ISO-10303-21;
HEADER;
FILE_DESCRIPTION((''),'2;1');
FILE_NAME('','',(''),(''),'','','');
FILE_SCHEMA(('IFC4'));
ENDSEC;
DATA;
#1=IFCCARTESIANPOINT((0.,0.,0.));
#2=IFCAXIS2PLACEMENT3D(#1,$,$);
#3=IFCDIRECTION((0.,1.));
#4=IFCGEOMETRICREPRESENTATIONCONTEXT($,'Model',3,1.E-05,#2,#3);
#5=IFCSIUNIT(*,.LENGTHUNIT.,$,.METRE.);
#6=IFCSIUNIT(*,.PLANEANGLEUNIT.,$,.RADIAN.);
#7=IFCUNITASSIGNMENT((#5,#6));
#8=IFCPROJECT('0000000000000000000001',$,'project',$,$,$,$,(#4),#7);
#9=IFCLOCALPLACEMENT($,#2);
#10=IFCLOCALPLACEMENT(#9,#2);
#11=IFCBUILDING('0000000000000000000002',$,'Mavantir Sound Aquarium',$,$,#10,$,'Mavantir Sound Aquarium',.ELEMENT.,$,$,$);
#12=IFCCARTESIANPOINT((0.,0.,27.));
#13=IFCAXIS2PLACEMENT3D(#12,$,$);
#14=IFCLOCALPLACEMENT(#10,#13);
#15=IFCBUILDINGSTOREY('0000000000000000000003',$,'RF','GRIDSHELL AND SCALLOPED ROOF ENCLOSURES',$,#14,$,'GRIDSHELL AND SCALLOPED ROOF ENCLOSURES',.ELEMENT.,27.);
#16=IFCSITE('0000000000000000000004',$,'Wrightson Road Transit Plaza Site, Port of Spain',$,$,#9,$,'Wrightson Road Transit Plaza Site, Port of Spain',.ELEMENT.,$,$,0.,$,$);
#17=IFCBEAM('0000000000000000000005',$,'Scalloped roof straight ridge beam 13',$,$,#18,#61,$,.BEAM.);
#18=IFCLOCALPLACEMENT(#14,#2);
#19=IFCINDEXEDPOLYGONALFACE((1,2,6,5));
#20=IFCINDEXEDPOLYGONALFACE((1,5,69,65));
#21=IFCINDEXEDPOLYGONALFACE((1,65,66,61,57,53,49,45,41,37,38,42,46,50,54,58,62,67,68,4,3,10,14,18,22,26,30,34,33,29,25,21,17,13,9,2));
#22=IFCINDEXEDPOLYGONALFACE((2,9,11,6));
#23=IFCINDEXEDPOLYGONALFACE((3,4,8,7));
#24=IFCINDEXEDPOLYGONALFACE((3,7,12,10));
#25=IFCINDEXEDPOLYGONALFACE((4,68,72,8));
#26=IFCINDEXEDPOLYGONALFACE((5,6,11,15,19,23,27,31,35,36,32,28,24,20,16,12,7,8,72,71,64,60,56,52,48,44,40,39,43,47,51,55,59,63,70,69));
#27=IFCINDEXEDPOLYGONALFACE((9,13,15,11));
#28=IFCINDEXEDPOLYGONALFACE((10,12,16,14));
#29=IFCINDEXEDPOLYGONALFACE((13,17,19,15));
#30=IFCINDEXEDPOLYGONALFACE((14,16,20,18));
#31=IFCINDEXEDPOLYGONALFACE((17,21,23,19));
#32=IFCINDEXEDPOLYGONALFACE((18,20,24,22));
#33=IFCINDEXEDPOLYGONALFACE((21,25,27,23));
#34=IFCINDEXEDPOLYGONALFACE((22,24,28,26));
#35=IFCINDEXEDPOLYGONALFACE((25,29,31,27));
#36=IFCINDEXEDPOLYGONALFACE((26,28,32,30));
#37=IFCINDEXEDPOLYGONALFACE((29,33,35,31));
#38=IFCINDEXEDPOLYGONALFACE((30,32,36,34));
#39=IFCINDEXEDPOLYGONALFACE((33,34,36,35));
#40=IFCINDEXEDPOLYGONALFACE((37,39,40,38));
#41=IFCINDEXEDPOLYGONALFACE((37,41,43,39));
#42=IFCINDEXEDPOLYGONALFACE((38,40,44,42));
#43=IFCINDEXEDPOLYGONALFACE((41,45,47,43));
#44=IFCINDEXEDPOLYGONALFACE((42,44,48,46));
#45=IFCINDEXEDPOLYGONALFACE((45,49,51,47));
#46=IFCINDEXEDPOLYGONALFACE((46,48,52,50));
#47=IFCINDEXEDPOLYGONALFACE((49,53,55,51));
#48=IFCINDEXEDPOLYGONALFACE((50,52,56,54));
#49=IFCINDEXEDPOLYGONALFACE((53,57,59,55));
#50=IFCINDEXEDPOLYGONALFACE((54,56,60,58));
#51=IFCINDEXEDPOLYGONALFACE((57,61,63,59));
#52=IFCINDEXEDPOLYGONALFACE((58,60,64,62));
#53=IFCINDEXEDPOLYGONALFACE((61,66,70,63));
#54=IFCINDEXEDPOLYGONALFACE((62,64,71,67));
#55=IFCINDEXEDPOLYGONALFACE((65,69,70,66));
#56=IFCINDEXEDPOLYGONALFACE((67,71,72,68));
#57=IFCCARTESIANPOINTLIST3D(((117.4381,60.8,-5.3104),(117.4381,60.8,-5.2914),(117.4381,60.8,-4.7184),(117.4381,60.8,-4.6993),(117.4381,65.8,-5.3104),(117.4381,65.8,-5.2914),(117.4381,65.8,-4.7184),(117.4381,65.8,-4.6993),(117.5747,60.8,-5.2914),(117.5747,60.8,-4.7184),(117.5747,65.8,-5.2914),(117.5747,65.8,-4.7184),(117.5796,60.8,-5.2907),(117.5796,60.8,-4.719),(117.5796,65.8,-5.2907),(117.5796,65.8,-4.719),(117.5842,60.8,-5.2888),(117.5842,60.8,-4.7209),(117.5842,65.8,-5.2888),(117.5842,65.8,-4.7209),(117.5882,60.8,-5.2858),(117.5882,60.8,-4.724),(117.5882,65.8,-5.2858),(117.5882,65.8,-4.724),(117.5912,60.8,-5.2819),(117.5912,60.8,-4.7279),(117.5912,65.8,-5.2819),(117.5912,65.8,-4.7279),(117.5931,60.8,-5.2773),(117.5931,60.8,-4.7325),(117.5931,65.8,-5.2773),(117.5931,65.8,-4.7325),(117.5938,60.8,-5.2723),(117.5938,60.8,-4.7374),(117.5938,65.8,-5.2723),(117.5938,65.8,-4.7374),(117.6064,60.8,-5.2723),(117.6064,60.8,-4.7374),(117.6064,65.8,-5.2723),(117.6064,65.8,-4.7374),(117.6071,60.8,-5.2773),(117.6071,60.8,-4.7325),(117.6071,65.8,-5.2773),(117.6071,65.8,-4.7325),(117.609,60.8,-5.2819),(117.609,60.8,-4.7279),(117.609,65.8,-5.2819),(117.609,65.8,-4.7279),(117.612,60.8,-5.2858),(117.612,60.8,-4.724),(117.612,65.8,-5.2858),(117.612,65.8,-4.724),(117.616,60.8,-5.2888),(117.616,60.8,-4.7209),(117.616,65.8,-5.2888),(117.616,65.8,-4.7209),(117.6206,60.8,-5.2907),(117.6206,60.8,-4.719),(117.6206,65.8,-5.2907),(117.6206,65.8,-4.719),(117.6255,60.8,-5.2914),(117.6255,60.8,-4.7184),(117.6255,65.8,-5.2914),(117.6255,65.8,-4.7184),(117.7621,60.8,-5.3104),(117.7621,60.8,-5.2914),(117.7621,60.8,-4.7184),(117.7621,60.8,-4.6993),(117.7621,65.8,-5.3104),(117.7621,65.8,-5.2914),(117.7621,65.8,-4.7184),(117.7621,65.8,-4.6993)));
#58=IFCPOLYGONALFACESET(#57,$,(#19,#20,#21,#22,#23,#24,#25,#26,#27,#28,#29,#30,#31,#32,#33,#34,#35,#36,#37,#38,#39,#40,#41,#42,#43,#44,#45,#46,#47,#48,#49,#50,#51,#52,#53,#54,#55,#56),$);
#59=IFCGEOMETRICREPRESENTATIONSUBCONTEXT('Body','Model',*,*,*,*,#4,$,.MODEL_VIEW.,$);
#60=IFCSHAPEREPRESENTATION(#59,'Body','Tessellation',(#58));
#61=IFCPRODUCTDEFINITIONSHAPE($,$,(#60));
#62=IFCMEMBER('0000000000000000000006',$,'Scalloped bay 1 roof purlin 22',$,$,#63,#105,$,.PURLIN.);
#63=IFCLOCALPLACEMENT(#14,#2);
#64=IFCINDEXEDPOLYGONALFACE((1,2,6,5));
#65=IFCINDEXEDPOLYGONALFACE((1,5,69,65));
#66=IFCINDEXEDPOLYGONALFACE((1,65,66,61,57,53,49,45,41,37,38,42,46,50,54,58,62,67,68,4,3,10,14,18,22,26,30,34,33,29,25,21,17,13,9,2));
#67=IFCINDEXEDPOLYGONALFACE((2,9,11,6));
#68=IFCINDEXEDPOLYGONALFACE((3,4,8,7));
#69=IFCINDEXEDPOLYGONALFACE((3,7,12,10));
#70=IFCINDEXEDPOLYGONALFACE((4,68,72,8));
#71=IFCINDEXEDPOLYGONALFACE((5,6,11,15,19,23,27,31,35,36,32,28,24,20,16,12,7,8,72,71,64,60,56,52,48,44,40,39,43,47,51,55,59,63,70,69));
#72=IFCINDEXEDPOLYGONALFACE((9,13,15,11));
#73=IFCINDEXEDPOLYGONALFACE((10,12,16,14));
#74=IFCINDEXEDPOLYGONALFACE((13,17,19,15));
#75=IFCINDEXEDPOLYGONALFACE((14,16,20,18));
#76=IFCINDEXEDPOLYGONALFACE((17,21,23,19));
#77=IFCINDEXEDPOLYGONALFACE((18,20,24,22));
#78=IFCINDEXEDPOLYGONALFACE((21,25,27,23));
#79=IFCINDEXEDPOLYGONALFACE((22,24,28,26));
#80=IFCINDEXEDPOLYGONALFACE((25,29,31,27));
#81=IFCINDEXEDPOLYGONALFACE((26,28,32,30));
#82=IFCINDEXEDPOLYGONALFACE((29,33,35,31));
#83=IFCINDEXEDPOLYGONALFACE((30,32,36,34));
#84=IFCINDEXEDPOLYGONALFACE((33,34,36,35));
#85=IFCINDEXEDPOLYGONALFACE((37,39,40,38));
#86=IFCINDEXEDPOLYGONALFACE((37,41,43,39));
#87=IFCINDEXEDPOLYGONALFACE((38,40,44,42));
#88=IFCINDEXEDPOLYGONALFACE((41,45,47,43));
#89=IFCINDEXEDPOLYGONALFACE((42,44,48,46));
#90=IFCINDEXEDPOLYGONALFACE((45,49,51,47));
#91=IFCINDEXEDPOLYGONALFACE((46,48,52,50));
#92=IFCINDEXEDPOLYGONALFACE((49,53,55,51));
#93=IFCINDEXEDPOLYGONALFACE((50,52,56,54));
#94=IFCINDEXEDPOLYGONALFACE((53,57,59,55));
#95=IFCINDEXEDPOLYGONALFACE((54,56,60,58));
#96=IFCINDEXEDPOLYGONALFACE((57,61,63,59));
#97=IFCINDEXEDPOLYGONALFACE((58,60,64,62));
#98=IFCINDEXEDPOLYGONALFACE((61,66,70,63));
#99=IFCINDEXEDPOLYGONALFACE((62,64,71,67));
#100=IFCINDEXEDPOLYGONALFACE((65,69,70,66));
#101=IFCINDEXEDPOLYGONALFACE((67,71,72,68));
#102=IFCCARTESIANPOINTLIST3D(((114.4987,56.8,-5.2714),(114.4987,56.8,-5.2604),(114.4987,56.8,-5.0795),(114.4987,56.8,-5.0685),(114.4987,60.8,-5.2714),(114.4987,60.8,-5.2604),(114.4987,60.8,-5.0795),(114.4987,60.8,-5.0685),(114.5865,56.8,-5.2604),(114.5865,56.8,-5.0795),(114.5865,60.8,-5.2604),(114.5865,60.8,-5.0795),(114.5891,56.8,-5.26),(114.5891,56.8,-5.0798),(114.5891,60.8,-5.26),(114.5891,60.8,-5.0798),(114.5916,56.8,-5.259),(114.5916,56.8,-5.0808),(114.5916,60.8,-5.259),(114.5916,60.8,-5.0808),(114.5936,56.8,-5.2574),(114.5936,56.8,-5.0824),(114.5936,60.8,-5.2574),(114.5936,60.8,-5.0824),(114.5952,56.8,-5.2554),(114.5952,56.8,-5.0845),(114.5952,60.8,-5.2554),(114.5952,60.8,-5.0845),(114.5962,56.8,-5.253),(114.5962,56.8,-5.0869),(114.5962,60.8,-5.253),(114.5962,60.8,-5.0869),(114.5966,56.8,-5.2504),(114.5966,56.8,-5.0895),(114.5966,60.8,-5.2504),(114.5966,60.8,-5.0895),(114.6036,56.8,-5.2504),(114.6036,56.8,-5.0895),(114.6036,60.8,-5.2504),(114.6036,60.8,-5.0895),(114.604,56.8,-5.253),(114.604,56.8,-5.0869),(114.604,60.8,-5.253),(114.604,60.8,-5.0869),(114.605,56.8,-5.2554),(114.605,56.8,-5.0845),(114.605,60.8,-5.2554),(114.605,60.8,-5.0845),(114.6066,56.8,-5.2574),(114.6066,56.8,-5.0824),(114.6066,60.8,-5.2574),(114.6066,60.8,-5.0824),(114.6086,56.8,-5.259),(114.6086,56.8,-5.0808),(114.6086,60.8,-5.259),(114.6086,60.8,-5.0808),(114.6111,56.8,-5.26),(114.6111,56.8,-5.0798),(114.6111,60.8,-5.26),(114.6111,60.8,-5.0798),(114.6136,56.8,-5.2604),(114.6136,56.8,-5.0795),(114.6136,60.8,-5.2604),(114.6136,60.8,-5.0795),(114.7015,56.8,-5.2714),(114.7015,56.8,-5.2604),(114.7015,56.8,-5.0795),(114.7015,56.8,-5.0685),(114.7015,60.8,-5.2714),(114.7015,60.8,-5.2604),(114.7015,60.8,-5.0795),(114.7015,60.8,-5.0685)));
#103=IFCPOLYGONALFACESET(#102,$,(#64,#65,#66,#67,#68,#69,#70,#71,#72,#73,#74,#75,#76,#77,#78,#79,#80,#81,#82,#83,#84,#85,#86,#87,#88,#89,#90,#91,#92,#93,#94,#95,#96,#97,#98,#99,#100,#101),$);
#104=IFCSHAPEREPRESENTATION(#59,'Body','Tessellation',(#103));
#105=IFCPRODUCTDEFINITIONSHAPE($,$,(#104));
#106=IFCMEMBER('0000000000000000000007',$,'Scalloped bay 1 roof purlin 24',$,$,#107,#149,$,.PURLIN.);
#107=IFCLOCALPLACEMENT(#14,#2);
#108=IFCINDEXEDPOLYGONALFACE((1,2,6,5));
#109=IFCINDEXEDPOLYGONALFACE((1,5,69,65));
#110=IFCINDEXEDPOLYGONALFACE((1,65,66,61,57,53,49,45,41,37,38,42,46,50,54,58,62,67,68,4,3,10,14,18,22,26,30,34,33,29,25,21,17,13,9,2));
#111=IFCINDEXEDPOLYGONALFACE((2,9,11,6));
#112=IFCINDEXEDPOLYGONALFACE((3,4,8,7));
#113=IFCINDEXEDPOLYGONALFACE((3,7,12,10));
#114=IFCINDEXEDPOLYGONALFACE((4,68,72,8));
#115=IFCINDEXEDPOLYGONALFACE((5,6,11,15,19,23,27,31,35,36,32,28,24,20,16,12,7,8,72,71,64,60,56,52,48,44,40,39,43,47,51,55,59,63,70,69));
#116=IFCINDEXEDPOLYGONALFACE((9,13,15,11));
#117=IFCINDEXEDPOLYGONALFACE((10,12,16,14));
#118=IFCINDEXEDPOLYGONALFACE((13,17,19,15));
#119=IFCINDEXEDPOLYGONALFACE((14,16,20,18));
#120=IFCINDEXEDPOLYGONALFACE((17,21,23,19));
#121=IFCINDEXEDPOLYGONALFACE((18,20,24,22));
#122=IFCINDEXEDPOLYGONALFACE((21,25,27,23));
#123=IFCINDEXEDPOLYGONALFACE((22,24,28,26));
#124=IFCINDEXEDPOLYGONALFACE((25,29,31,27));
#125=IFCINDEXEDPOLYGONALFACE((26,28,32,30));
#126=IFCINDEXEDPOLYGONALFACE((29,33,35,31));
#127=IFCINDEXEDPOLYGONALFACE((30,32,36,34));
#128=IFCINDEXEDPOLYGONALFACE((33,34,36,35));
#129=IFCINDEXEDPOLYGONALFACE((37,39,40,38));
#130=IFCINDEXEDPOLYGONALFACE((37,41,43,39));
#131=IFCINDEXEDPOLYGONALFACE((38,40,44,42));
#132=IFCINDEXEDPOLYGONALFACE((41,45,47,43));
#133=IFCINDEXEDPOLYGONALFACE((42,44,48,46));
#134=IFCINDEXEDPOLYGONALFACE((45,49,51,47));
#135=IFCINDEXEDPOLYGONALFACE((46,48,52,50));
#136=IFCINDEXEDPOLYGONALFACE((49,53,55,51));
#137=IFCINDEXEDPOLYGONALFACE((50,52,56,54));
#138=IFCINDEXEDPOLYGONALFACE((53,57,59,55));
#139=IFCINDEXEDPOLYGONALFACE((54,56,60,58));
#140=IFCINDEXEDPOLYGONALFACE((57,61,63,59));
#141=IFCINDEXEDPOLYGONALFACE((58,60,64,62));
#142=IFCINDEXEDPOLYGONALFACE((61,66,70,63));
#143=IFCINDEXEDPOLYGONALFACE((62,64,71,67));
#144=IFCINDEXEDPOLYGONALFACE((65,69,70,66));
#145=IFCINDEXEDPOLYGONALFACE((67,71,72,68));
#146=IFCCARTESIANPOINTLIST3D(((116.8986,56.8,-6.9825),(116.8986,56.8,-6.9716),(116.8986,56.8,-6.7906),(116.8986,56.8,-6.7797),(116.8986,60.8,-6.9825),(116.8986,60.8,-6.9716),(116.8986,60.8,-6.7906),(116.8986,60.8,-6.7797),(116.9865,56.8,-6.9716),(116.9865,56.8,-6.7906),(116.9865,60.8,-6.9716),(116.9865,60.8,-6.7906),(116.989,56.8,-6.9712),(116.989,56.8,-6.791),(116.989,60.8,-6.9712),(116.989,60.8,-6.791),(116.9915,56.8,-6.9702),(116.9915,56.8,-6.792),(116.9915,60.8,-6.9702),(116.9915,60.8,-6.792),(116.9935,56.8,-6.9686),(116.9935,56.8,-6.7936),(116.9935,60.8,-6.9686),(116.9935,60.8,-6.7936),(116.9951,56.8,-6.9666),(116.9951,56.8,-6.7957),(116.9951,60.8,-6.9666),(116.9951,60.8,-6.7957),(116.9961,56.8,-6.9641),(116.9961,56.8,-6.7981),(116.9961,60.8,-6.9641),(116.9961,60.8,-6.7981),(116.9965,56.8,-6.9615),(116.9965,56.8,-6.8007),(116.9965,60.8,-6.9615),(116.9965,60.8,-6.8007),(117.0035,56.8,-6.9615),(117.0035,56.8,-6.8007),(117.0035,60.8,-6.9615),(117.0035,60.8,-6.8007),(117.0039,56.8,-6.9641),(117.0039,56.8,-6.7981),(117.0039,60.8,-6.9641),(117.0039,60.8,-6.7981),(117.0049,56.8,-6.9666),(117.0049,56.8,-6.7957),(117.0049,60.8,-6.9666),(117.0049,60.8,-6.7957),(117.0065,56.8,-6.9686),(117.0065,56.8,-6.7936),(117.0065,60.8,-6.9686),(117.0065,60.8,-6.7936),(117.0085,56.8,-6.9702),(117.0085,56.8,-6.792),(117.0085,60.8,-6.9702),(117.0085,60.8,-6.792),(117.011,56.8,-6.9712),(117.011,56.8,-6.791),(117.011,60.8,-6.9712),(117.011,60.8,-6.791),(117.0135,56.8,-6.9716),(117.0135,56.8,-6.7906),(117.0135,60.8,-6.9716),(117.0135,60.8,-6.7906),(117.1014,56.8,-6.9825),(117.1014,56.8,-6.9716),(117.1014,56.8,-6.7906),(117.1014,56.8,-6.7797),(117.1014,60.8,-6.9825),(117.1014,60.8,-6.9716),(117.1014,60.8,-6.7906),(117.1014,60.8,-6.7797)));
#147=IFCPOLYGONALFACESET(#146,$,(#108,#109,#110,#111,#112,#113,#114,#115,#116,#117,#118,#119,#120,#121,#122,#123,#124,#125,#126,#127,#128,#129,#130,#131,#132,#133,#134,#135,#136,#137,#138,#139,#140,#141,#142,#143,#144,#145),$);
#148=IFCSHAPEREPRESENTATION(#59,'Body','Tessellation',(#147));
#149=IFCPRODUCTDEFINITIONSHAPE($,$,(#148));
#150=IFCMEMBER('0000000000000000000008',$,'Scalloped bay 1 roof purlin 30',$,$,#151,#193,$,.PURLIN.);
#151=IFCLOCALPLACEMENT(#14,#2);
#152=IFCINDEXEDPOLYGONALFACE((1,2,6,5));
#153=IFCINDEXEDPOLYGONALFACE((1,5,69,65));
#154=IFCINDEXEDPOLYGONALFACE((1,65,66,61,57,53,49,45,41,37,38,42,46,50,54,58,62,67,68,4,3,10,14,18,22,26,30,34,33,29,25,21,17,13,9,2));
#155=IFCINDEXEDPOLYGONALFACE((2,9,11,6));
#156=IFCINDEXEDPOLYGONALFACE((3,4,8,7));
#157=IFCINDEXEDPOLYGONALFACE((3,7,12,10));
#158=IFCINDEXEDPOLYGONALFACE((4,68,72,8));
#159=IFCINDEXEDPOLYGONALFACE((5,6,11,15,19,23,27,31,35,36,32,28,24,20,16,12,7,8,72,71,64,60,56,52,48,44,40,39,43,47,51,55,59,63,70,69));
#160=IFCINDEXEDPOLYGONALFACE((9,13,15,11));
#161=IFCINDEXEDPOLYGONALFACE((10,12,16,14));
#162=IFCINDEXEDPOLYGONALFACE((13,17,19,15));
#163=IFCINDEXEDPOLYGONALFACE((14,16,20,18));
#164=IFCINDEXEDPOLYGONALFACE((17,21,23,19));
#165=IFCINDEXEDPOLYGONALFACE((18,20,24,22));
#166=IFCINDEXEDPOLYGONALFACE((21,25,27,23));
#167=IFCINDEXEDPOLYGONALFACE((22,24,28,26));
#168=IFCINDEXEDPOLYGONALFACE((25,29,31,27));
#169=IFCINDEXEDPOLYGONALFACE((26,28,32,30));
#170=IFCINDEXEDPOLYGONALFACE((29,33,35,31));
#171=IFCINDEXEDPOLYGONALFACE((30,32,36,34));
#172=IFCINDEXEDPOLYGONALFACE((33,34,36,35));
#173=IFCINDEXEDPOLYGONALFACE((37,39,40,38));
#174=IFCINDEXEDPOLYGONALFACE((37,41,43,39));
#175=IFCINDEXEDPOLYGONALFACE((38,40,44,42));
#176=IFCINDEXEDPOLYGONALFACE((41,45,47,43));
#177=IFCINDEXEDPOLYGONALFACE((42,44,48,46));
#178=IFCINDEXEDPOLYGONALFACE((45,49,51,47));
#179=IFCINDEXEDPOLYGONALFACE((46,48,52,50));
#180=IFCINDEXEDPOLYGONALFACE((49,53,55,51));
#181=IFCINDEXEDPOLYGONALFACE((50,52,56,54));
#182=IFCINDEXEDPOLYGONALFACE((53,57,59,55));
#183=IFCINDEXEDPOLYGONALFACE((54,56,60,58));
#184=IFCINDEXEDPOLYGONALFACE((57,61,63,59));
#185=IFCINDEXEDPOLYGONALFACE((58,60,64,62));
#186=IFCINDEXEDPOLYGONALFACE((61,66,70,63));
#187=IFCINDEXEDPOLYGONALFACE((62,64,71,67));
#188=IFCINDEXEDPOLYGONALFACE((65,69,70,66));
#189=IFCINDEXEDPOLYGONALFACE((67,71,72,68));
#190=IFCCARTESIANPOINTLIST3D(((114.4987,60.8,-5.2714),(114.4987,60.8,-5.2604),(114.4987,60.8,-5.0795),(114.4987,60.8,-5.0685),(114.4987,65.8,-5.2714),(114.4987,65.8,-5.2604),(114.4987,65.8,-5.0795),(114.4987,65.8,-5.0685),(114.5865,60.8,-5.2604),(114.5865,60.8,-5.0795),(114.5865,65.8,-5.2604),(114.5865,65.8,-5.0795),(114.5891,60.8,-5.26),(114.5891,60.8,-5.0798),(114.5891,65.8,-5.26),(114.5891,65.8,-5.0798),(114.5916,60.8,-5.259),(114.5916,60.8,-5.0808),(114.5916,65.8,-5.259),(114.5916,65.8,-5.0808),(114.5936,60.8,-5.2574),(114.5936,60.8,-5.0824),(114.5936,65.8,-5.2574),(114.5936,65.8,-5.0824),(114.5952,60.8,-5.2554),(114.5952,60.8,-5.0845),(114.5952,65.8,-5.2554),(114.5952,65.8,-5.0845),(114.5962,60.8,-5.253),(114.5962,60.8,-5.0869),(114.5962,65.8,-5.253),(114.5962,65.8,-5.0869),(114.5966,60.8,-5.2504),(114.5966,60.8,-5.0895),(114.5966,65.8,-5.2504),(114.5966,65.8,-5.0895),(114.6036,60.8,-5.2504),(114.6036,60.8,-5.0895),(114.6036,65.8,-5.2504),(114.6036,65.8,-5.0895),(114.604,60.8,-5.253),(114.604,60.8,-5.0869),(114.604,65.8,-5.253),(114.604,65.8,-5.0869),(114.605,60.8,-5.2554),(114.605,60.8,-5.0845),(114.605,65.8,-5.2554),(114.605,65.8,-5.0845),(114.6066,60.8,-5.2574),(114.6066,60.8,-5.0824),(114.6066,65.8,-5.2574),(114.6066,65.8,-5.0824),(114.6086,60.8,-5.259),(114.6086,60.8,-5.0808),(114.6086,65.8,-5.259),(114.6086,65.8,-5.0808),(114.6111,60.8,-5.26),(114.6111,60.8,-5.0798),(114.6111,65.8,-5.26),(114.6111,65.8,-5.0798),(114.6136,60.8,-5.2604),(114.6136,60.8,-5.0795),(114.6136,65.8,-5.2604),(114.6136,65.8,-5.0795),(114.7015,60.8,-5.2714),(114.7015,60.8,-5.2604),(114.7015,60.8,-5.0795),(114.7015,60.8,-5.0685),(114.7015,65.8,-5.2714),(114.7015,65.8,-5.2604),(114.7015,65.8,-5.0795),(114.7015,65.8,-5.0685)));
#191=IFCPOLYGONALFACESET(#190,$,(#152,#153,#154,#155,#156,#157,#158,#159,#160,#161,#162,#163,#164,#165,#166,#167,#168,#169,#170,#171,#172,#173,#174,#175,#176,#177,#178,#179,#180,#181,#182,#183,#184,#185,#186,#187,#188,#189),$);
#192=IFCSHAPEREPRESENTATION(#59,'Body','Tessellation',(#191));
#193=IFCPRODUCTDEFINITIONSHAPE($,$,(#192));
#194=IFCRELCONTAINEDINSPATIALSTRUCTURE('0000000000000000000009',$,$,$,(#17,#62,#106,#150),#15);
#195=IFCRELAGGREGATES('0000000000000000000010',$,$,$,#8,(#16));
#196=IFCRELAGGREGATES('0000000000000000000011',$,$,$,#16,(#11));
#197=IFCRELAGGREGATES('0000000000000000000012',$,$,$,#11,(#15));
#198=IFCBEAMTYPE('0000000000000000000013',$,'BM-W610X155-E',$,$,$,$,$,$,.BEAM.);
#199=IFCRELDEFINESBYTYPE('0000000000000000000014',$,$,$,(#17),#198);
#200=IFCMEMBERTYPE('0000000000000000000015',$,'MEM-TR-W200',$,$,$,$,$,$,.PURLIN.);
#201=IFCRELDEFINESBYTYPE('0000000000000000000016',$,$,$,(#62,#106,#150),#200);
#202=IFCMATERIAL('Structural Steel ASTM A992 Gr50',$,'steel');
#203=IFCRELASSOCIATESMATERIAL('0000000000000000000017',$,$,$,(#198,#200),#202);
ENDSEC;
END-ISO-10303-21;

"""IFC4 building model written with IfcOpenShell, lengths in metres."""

from ifc_helpers import new_model, si_unit, direction, frame, origin, origin_2d, place, context, subcontext, project, spatial, i_section, extrude, material, material_profile, profile_set, type_object, element, save


model = new_model("IFC4")

# Units and contexts
model_context = context("Model", 3, precision=1e-05, world=origin(), true_north=direction((0.0, 1.0)))
body_context = subcontext(model_context, "Body", "Model", "MODEL_VIEW")
ifc_project = project(units=[si_unit("LENGTHUNIT", "METRE"), si_unit("PLANEANGLEUNIT", "RADIAN")], contexts=[model_context])

# Site, building, storey
site_placement = place(None, origin())
site = spatial("IfcSite", under=ifc_project, at=site_placement, Name="Wrightson Road Transit Plaza Site, Port of Spain", LongName="Wrightson Road Transit Plaza Site, Port of Spain", CompositionType="ELEMENT", RefElevation=0.0)
building_placement = place(site_placement, origin())
building = spatial("IfcBuilding", under=site, at=building_placement, Name="Mavantir Sound Aquarium", LongName="Mavantir Sound Aquarium", CompositionType="ELEMENT")
storey_placement = place(building_placement, frame((0.0, 0.0, 27.0)))
storey = spatial("IfcBuildingStorey", under=building, at=storey_placement, Name="RF", Description="GRIDSHELL AND SCALLOPED ROOF ENCLOSURES", LongName="GRIDSHELL AND SCALLOPED ROOF ENCLOSURES", CompositionType="ELEMENT", Elevation=27.0)

# Beam
ifc_material_1 = material(Name="Structural Steel ASTM A992 Gr50", Category="steel")
ifc_material_profile_1 = material_profile(ifc_material_1, i_section(OverallWidth=0.324, OverallDepth=0.6111, WebThickness=0.0127, FlangeThickness=0.019, FilletRadius=0.019, at=origin_2d()), Name="W610X155")
ifc_profile_set_1 = profile_set([ifc_material_profile_1], Name="Structural Steel ASTM A992 Gr50")
beam_type_1 = type_object("IfcBeamType", Name="BM-W610X155-E", PredefinedType="BEAM", material=ifc_profile_set_1)
beam_1_placement = place(storey_placement, frame((117.6001, 60.8, -5.0049), z_axis=(0.0, 1.0, 0.0), x_axis=(-1.0, 0.0, 0.0)))
element("IfcBeam", 1, at=beam_1_placement, inside=storey, type_object=beam_type_1, Name="Scalloped roof straight ridge beam 13", PredefinedType="BEAM", context=body_context, shape_type="SweptSolid", body=[
    extrude(i_section(OverallWidth=0.324, OverallDepth=0.6111, WebThickness=0.0127, FlangeThickness=0.019, FilletRadius=0.019, at=origin_2d()), origin(), (0.0, 0.0, 1.0), 5.0),
])

# Members
ifc_material_profile_2 = material_profile(ifc_material_1, i_section(OverallWidth=0.2029, OverallDepth=0.2029, WebThickness=0.0071, FlangeThickness=0.011, FilletRadius=0.01, at=origin_2d()), Name="W200X46")
ifc_profile_set_2 = profile_set([ifc_material_profile_2], Name="Structural Steel ASTM A992 Gr50")
member_type_1 = type_object("IfcMemberType", Name="MEM-TR-W200", PredefinedType="PURLIN", material=ifc_profile_set_2)
for number, where, z_axis, x_axis, name in (
    (2, (114.6001, 56.8, -5.1699), (0.0, 1.0, 0.0), (-1.0, 0.0, 0.0), "Scalloped bay 1 roof purlin 22"),
    (3, (117.0, 56.8, -6.8811), (0.0, 1.0, 0.0), (-1.0, 0.0, 0.0), "Scalloped bay 1 roof purlin 24"),
):
    element("IfcMember", number, at=place(storey_placement, frame(where, z_axis=z_axis, x_axis=x_axis)), inside=storey, type_object=member_type_1, Name=name, PredefinedType="PURLIN", context=body_context, shape_type="SweptSolid", body=[
        extrude(i_section(OverallWidth=0.2029, OverallDepth=0.2029, WebThickness=0.0071, FlangeThickness=0.011, FilletRadius=0.01, at=origin_2d()), origin(), (0.0, 0.0, 1.0), 4.0),
    ])
for number, where, z_axis, x_axis, name in (
    (4, (114.6001, 60.8, -5.1699), (0.0, 1.0, 0.0), (-1.0, 0.0, 0.0), "Scalloped bay 1 roof purlin 30"),
):
    element("IfcMember", number, at=place(storey_placement, frame(where, z_axis=z_axis, x_axis=x_axis)), inside=storey, type_object=member_type_1, Name=name, PredefinedType="PURLIN", context=body_context, shape_type="SweptSolid", body=[
        extrude(i_section(OverallWidth=0.2029, OverallDepth=0.2029, WebThickness=0.0071, FlangeThickness=0.011, FilletRadius=0.01, at=origin_2d()), origin(), (0.0, 0.0, 1.0), 5.0),
    ])

save(model, "model.ifc")
